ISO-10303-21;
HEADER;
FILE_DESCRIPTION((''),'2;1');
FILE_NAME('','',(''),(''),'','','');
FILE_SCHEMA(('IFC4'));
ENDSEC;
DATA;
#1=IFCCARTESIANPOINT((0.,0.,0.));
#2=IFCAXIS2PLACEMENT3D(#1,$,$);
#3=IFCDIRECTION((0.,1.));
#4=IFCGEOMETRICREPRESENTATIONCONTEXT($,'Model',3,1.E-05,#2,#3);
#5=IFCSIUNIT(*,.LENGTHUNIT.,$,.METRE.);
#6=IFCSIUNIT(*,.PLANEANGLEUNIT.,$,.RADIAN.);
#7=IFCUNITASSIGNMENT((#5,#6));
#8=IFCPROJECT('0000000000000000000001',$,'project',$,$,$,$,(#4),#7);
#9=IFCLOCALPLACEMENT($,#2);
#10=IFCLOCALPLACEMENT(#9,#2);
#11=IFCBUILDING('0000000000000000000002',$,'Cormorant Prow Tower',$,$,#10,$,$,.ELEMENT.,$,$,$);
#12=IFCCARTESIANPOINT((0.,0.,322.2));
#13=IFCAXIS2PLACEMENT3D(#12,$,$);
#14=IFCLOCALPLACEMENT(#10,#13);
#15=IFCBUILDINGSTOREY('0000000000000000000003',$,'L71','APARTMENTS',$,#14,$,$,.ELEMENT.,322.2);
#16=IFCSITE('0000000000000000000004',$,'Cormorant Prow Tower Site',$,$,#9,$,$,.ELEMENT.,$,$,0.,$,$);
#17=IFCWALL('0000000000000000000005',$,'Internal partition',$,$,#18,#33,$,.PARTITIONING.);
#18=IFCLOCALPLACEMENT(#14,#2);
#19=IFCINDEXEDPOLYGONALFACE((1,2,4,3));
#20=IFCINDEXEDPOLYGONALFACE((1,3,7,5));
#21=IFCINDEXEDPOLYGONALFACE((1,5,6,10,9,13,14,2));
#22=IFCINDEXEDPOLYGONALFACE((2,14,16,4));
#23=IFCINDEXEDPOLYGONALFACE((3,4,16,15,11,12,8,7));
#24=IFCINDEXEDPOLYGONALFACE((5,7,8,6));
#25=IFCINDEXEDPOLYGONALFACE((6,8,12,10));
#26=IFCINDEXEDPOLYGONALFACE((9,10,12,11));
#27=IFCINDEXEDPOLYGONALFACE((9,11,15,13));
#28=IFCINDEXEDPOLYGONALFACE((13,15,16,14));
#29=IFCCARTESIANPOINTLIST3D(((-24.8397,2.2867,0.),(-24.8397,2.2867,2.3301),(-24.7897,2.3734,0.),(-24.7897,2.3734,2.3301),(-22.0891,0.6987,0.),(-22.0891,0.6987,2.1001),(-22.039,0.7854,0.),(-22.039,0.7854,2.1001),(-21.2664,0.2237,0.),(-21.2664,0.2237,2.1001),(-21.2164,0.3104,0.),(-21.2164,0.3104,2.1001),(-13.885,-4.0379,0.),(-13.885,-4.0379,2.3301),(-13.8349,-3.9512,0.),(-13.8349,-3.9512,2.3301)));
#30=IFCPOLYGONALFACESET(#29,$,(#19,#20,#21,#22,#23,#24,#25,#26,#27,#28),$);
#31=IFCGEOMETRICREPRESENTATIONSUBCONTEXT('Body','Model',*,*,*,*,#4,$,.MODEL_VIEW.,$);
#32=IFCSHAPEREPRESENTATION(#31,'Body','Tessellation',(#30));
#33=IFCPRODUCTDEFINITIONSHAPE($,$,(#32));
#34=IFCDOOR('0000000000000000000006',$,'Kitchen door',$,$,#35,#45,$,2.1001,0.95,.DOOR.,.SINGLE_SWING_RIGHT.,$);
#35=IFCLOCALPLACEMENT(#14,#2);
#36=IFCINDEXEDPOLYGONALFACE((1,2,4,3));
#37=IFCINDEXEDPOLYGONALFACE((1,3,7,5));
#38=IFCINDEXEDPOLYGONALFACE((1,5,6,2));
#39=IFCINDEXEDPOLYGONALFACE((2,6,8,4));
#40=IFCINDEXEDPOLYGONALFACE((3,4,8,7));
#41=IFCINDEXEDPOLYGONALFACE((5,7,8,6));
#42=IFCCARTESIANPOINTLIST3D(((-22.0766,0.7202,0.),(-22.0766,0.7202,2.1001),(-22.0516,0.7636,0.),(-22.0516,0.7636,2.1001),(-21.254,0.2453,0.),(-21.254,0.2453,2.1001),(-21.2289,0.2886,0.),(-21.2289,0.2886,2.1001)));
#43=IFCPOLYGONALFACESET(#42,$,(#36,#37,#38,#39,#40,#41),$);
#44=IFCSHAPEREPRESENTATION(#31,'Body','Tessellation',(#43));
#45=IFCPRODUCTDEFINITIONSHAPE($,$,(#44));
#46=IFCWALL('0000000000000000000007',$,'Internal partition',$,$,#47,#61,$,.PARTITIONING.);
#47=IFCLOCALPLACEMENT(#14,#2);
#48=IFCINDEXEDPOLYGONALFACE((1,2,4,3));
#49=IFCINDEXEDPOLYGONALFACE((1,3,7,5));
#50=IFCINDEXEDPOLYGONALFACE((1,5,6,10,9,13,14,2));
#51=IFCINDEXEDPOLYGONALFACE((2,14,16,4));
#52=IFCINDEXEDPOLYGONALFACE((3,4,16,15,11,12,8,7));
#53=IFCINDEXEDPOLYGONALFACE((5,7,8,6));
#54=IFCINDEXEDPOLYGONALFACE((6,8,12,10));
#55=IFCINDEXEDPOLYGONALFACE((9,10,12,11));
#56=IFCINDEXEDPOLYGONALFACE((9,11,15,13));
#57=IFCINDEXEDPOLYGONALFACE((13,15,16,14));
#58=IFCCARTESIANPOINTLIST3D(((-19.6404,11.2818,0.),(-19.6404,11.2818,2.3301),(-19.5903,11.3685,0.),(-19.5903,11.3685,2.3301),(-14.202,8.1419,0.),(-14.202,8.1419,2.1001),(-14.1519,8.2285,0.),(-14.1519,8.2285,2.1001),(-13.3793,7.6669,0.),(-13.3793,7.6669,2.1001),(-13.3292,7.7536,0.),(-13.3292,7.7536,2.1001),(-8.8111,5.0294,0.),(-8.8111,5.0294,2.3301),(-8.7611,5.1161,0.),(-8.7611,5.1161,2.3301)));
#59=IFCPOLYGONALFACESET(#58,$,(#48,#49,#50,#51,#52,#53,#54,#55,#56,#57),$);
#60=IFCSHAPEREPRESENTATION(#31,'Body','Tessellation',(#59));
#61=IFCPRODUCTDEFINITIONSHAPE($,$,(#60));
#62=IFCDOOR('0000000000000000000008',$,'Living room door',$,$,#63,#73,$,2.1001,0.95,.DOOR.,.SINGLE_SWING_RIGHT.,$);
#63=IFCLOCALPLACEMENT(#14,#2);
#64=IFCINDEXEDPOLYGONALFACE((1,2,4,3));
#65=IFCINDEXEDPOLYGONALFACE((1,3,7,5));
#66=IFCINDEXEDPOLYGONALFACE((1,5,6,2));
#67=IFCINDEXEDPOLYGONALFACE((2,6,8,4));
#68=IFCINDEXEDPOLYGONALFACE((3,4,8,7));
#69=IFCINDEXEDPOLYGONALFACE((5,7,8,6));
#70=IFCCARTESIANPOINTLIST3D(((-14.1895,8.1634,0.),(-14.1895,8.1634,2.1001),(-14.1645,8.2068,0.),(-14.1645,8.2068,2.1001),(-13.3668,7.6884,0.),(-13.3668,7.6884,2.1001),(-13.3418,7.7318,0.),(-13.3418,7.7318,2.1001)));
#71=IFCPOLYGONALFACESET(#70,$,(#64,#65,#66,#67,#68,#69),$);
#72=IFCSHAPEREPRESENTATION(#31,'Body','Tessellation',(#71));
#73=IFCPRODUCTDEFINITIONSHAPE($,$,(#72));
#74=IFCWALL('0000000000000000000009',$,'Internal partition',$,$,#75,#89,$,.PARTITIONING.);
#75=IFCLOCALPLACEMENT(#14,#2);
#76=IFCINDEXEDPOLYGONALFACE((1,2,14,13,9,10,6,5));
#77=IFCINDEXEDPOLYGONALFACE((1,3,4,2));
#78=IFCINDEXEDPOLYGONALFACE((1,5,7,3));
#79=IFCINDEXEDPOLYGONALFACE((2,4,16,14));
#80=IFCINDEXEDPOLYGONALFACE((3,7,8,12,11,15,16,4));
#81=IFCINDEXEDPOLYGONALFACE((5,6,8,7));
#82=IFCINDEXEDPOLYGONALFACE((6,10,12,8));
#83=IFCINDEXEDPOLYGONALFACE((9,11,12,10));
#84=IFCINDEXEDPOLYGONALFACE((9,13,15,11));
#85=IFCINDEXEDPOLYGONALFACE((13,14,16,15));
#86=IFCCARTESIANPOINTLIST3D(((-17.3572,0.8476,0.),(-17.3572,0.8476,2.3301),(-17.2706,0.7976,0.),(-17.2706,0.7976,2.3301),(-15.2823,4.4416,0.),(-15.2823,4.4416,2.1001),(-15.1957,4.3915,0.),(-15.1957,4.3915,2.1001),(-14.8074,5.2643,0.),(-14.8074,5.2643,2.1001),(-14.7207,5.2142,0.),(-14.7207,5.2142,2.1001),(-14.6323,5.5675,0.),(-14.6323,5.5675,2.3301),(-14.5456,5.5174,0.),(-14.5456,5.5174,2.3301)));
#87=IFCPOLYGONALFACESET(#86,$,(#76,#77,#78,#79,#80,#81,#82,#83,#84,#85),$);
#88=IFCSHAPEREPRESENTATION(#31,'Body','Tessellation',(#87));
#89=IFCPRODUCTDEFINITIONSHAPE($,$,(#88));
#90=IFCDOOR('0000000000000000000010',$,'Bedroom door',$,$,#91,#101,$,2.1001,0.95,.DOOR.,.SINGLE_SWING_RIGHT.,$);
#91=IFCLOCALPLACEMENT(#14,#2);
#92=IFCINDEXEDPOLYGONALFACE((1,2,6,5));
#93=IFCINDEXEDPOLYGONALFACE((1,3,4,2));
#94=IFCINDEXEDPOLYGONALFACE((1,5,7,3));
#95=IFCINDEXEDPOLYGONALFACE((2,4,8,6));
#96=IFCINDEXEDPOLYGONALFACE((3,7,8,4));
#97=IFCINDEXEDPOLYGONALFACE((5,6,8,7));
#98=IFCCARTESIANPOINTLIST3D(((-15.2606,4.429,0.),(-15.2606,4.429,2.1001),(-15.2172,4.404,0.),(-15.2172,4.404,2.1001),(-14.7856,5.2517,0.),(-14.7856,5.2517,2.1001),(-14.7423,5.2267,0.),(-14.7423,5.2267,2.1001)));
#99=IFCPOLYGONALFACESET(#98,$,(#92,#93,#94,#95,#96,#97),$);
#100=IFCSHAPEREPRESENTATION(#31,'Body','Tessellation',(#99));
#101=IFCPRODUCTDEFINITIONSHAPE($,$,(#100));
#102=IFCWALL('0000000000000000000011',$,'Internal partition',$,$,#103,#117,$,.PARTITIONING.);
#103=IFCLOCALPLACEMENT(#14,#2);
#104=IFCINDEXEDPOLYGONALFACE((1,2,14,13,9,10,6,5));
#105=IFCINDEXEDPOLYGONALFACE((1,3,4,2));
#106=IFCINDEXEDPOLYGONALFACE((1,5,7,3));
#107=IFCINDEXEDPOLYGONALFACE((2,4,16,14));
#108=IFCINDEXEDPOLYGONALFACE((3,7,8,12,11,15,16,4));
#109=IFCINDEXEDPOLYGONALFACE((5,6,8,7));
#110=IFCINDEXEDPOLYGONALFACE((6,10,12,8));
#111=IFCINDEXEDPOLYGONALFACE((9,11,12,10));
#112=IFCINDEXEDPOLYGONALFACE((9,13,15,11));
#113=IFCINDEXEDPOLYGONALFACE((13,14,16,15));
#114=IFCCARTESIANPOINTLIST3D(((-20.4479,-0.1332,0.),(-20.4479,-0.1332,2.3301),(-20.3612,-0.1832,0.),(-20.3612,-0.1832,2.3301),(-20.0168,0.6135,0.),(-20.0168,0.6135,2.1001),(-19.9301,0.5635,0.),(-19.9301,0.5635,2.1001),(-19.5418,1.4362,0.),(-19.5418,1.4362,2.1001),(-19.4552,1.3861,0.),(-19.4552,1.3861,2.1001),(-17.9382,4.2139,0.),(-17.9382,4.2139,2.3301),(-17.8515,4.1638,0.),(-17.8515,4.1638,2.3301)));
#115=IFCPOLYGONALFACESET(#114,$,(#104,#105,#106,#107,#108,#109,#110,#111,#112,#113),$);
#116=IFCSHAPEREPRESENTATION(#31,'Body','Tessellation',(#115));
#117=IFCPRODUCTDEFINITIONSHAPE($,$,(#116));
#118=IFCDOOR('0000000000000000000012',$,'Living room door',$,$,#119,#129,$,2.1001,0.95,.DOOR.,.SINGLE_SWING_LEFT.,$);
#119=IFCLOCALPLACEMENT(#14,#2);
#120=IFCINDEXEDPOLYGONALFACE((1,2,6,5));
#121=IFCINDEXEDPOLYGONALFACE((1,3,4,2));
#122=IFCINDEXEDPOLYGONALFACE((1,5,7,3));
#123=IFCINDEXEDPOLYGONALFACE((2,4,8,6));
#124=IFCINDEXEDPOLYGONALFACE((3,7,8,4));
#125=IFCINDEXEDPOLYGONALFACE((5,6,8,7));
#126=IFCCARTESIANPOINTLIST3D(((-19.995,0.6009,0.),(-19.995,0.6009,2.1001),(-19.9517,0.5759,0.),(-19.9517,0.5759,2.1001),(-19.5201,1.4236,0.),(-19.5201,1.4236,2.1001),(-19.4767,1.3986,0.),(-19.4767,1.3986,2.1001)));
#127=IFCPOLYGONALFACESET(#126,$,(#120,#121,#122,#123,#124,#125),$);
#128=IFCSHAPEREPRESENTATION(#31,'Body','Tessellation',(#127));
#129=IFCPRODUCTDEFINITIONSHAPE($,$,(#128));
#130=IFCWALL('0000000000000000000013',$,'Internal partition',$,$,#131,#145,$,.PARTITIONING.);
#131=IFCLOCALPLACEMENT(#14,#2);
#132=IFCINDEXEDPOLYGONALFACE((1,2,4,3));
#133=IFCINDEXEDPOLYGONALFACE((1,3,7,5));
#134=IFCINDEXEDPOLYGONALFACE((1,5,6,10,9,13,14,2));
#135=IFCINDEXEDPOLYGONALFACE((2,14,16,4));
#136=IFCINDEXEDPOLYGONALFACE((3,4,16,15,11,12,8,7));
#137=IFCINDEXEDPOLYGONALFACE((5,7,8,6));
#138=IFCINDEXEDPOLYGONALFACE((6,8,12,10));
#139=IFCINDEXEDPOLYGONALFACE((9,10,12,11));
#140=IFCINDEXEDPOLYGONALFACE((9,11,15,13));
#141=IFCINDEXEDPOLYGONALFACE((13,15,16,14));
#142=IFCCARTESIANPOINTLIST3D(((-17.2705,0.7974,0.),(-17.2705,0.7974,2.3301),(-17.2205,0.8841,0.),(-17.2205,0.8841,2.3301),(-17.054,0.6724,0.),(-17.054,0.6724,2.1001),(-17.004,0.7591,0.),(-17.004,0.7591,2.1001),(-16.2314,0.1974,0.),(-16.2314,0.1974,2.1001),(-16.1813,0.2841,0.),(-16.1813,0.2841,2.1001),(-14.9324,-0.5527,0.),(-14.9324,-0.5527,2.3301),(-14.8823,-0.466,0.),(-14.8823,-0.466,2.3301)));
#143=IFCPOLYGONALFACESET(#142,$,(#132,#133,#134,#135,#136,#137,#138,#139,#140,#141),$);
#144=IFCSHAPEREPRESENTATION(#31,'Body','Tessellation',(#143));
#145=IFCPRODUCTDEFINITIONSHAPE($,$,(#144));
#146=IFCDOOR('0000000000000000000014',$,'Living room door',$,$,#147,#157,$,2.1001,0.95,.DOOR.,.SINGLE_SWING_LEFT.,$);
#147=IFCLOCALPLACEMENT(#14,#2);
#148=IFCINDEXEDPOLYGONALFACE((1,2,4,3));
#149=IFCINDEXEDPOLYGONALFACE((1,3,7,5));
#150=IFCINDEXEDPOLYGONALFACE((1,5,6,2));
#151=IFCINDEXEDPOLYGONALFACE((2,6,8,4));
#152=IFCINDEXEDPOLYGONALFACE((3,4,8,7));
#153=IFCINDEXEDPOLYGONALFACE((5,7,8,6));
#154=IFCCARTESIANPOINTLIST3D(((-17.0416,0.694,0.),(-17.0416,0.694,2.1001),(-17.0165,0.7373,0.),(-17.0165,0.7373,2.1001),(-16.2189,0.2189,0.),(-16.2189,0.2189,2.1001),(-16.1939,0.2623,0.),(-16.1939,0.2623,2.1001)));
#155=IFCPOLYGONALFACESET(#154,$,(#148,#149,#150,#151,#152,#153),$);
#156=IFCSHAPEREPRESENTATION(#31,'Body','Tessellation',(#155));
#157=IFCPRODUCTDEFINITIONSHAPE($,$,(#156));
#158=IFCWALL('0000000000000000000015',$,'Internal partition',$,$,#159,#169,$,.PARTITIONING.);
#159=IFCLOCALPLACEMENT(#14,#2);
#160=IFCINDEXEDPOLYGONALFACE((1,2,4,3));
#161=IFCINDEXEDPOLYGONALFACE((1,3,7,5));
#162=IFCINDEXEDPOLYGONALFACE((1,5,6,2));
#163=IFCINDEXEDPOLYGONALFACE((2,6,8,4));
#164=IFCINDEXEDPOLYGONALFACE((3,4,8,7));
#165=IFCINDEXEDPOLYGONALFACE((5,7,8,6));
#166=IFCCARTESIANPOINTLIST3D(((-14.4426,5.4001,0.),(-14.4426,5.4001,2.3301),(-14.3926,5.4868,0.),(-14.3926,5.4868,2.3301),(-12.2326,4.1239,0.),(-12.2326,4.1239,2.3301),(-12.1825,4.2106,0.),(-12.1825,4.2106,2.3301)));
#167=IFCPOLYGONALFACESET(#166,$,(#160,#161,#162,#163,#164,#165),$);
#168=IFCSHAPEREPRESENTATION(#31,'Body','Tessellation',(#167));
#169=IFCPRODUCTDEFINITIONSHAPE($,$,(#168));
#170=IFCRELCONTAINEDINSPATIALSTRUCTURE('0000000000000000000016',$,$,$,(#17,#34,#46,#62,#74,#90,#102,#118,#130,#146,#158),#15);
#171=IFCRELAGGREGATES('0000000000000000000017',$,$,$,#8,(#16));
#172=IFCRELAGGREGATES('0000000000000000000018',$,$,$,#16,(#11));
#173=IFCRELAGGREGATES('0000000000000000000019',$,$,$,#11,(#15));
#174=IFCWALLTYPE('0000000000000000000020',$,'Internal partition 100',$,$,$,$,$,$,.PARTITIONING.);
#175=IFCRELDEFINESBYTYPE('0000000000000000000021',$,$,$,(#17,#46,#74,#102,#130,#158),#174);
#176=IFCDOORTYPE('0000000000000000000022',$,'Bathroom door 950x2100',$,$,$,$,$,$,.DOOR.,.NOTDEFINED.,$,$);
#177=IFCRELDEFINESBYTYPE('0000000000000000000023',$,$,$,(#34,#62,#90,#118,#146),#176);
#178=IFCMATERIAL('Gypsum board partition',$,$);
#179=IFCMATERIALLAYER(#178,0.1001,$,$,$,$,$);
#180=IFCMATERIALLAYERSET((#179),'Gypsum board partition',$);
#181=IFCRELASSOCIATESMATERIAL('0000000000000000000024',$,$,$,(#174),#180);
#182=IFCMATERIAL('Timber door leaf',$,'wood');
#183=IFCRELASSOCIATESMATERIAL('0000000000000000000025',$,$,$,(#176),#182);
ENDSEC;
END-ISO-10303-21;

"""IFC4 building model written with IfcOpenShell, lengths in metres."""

from ifc_helpers import new_model, si_unit, direction, frame, frame_2d, origin, place, context, subcontext, project, spatial, rectangle, extrude, material, layer, layer_set, type_object, element, fill, save


model = new_model("IFC4")

# Units and contexts
model_context = context("Model", 3, precision=1e-05, world=origin(), true_north=direction((0.0, 1.0)))
body_context = subcontext(model_context, "Body", "Model", "MODEL_VIEW")
ifc_project = project(units=[si_unit("LENGTHUNIT", "METRE"), si_unit("PLANEANGLEUNIT", "RADIAN")], contexts=[model_context])

# Site, building, storey
site_placement = place(None, origin())
site = spatial("IfcSite", under=ifc_project, at=site_placement, Name="Cormorant Prow Tower Site", CompositionType="ELEMENT", RefElevation=0.0)
building_placement = place(site_placement, origin())
building = spatial("IfcBuilding", under=site, at=building_placement, Name="Cormorant Prow Tower", CompositionType="ELEMENT")
storey_placement = place(building_placement, frame((0.0, 0.0, 322.2)))
storey = spatial("IfcBuildingStorey", under=building, at=storey_placement, Name="L71", Description="APARTMENTS", CompositionType="ELEMENT", Elevation=322.2)

# Walls, openings, doors
ifc_material_1 = material(Name="Gypsum board partition")
ifc_layer_1 = layer(ifc_material_1, 0.1001)
ifc_layer_set_1 = layer_set([ifc_layer_1], Name="Gypsum board partition")
wall_type_1 = type_object("IfcWallType", Name="Internal partition 100", PredefinedType="PARTITIONING", material=ifc_layer_set_1)
wall_1_placement = place(storey_placement, frame((-24.8147, 2.3301, 0.0), z_axis=(0.0, 0.0, 1.0), x_axis=(0.866028, -0.499996, 0.0)))
wall_1 = element("IfcWall", 1, at=wall_1_placement, inside=storey, type_object=wall_type_1, Name="Internal partition", PredefinedType="PARTITIONING", context=body_context, shape_type="SweptSolid", body=[
    extrude(rectangle(XDim=12.6494, YDim=0.1001, at=frame_2d((6.3247, 0.0))), origin(), (0.0, 0.0, 1.0), 2.3301),
])
opening_1_placement = place(wall_1_placement, frame((3.176, 0.0, 0.0)))
opening_1 = element("IfcOpeningElement", 2, at=opening_1_placement, cuts=wall_1, PredefinedType="OPENING", context=body_context, shape_type="SweptSolid", body=[
    extrude(rectangle(XDim=0.95, YDim=2.1001, at=frame_2d((0.4751, 1.05))), frame((0.0, 0.0601, 0.0), z_axis=(0.0, -1.0, 0.0), x_axis=(1.0, 0.0, 0.0)), (0.0, 0.0, 1.0), 0.1201),
])
ifc_material_2 = material(Name="Timber door leaf", Category="wood")
door_type_1 = type_object("IfcDoorType", Name="Bathroom door 950x2100", OperationType="NOTDEFINED", PredefinedType="DOOR", material=ifc_material_2)
door_1_placement = place(opening_1_placement, origin())
door_1 = element("IfcDoor", 3, at=door_1_placement, inside=storey, type_object=door_type_1, Name="Kitchen door", OperationType="SINGLE_SWING_RIGHT", OverallHeight=2.1001, OverallWidth=0.95, PredefinedType="DOOR", context=body_context, shape_type="SweptSolid", body=[
    extrude(rectangle(XDim=0.95, YDim=2.1001, at=frame_2d((0.4751, 1.05))), frame((0.0, 0.0249, 0.0), z_axis=(0.0, -1.0, 0.0), x_axis=(1.0, 0.0, 0.0)), (0.0, 0.0, 1.0), 0.05),
])
fill(opening_1, door_1)
wall_2_placement = place(storey_placement, frame((-19.6155, 11.3252, 0.0), z_axis=(0.0, 0.0, 1.0), x_axis=(0.866021, -0.500007, 0.0)))
wall_2 = element("IfcWall", 4, at=wall_2_placement, inside=storey, type_object=wall_type_1, Name="Internal partition", PredefinedType="PARTITIONING", context=body_context, shape_type="SweptSolid", body=[
    extrude(rectangle(XDim=12.5046, YDim=0.1001, at=frame_2d((6.2524, 0.0))), origin(), (0.0, 0.0, 1.0), 2.3301),
])
opening_2_placement = place(wall_2_placement, frame((6.2798, 0.0, 0.0)))
opening_2 = element("IfcOpeningElement", 5, at=opening_2_placement, cuts=wall_2, PredefinedType="OPENING", context=body_context, shape_type="SweptSolid", body=[
    extrude(rectangle(XDim=0.95, YDim=2.1001, at=frame_2d((0.4751, 1.05))), frame((0.0, 0.0601, 0.0), z_axis=(0.0, -1.0, 0.0), x_axis=(1.0, 0.0, 0.0)), (0.0, 0.0, 1.0), 0.1201),
])
door_2_placement = place(opening_2_placement, origin())
door_2 = element("IfcDoor", 6, at=door_2_placement, inside=storey, type_object=door_type_1, Name="Living room door", OperationType="SINGLE_SWING_RIGHT", OverallHeight=2.1001, OverallWidth=0.95, PredefinedType="DOOR", context=body_context, shape_type="SweptSolid", body=[
    extrude(rectangle(XDim=0.95, YDim=2.1001, at=frame_2d((0.4751, 1.05))), frame((0.0, 0.0249, 0.0), z_axis=(0.0, -1.0, 0.0), x_axis=(1.0, 0.0, 0.0)), (0.0, 0.0, 1.0), 0.05),
])
fill(opening_2, door_2)
wall_3_placement = place(storey_placement, frame((-17.314, 0.8225, 0.0), z_axis=(0.0, 0.0, 1.0), x_axis=(0.499989, 0.866032, 0.0)))
wall_3 = element("IfcWall", 7, at=wall_3_placement, inside=storey, type_object=wall_type_1, Name="Internal partition", PredefinedType="PARTITIONING", context=body_context, shape_type="SweptSolid", body=[
    extrude(rectangle(XDim=5.45, YDim=0.1001, at=frame_2d((2.7251, 0.0))), origin(), (0.0, 0.0, 1.0), 2.3301),
])
opening_3_placement = place(wall_3_placement, frame((4.1499, 0.0, 0.0)))
opening_3 = element("IfcOpeningElement", 8, at=opening_3_placement, cuts=wall_3, PredefinedType="OPENING", context=body_context, shape_type="SweptSolid", body=[
    extrude(rectangle(XDim=0.95, YDim=2.1001, at=frame_2d((0.4751, 1.05))), frame((0.0, 0.0601, 0.0), z_axis=(0.0, -1.0, 0.0), x_axis=(1.0, 0.0, 0.0)), (0.0, 0.0, 1.0), 0.1201),
])
door_3_placement = place(opening_3_placement, origin())
door_3 = element("IfcDoor", 9, at=door_3_placement, inside=storey, type_object=door_type_1, Name="Bedroom door", OperationType="SINGLE_SWING_RIGHT", OverallHeight=2.1001, OverallWidth=0.95, PredefinedType="DOOR", context=body_context, shape_type="SweptSolid", body=[
    extrude(rectangle(XDim=0.95, YDim=2.1001, at=frame_2d((0.4751, 1.05))), frame((0.0, 0.0249, 0.0), z_axis=(0.0, -1.0, 0.0), x_axis=(1.0, 0.0, 0.0)), (0.0, 0.0, 1.0), 0.05),
])
fill(opening_3, door_3)
wall_4_placement = place(storey_placement, frame((-20.4045, -0.1582, 0.0), z_axis=(0.0, 0.0, 1.0), x_axis=(0.499989, 0.866032, 0.0)))
wall_4 = element("IfcWall", 10, at=wall_4_placement, inside=storey, type_object=wall_type_1, Name="Internal partition", PredefinedType="PARTITIONING", context=body_context, shape_type="SweptSolid", body=[
    extrude(rectangle(XDim=5.0195, YDim=0.1001, at=frame_2d((2.5098, 0.0))), origin(), (0.0, 0.0, 1.0), 2.3301),
])
opening_4_placement = place(wall_4_placement, frame((0.8621, 0.0, 0.0)))
opening_4 = element("IfcOpeningElement", 11, at=opening_4_placement, cuts=wall_4, PredefinedType="OPENING", context=body_context, shape_type="SweptSolid", body=[
    extrude(rectangle(XDim=0.95, YDim=2.1001, at=frame_2d((0.4751, 1.05))), frame((0.0, 0.0601, 0.0), z_axis=(0.0, -1.0, 0.0), x_axis=(1.0, 0.0, 0.0)), (0.0, 0.0, 1.0), 0.1201),
])
door_4_placement = place(opening_4_placement, origin())
door_4 = element("IfcDoor", 12, at=door_4_placement, inside=storey, type_object=door_type_1, Name="Living room door", OperationType="SINGLE_SWING_LEFT", OverallHeight=2.1001, OverallWidth=0.95, PredefinedType="DOOR", context=body_context, shape_type="SweptSolid", body=[
    extrude(rectangle(XDim=0.95, YDim=2.1001, at=frame_2d((0.4751, 1.05))), frame((0.0, 0.0249, 0.0), z_axis=(0.0, -1.0, 0.0), x_axis=(1.0, 0.0, 0.0)), (0.0, 0.0, 1.0), 0.05),
])
fill(opening_4, door_4)
wall_5_placement = place(storey_placement, frame((-17.2456, 0.8408, 0.0), z_axis=(0.0, 0.0, 1.0), x_axis=(0.865997, -0.500049, 0.0)))
wall_5 = element("IfcWall", 13, at=wall_5_placement, inside=storey, type_object=wall_type_1, Name="Internal partition", PredefinedType="PARTITIONING", context=body_context, shape_type="SweptSolid", body=[
    extrude(rectangle(XDim=2.7, YDim=0.1001, at=frame_2d((1.3501, 0.0))), origin(), (0.0, 0.0, 1.0), 2.3301),
])
opening_5_placement = place(wall_5_placement, frame((0.25, 0.0, 0.0)))
opening_5 = element("IfcOpeningElement", 14, at=opening_5_placement, cuts=wall_5, PredefinedType="OPENING", context=body_context, shape_type="SweptSolid", body=[
    extrude(rectangle(XDim=0.95, YDim=2.1001, at=frame_2d((0.4751, 1.05))), frame((0.0, 0.0601, 0.0), z_axis=(0.0, -1.0, 0.0), x_axis=(1.0, 0.0, 0.0)), (0.0, 0.0, 1.0), 0.1201),
])
door_5_placement = place(opening_5_placement, origin())
door_5 = element("IfcDoor", 15, at=door_5_placement, inside=storey, type_object=door_type_1, Name="Living room door", OperationType="SINGLE_SWING_LEFT", OverallHeight=2.1001, OverallWidth=0.95, PredefinedType="DOOR", context=body_context, shape_type="SweptSolid", body=[
    extrude(rectangle(XDim=0.95, YDim=2.1001, at=frame_2d((0.4751, 1.05))), frame((0.0, 0.0249, 0.0), z_axis=(0.0, -1.0, 0.0), x_axis=(1.0, 0.0, 0.0)), (0.0, 0.0, 1.0), 0.05),
])
fill(opening_5, door_5)

# Wall
wall_6_placement = place(storey_placement, frame((-14.4175, 5.4434, 0.0), z_axis=(0.0, 0.0, 1.0), x_axis=(0.865991, -0.500059, 0.0)))
element("IfcWall", 16, at=wall_6_placement, inside=storey, type_object=wall_type_1, Name="Internal partition", PredefinedType="PARTITIONING", context=body_context, shape_type="SweptSolid", body=[
    extrude(rectangle(XDim=2.552, YDim=0.1001, at=frame_2d((1.2759, 0.0))), origin(), (0.0, 0.0, 1.0), 2.3301),
])

save(model, "model.ifc")
